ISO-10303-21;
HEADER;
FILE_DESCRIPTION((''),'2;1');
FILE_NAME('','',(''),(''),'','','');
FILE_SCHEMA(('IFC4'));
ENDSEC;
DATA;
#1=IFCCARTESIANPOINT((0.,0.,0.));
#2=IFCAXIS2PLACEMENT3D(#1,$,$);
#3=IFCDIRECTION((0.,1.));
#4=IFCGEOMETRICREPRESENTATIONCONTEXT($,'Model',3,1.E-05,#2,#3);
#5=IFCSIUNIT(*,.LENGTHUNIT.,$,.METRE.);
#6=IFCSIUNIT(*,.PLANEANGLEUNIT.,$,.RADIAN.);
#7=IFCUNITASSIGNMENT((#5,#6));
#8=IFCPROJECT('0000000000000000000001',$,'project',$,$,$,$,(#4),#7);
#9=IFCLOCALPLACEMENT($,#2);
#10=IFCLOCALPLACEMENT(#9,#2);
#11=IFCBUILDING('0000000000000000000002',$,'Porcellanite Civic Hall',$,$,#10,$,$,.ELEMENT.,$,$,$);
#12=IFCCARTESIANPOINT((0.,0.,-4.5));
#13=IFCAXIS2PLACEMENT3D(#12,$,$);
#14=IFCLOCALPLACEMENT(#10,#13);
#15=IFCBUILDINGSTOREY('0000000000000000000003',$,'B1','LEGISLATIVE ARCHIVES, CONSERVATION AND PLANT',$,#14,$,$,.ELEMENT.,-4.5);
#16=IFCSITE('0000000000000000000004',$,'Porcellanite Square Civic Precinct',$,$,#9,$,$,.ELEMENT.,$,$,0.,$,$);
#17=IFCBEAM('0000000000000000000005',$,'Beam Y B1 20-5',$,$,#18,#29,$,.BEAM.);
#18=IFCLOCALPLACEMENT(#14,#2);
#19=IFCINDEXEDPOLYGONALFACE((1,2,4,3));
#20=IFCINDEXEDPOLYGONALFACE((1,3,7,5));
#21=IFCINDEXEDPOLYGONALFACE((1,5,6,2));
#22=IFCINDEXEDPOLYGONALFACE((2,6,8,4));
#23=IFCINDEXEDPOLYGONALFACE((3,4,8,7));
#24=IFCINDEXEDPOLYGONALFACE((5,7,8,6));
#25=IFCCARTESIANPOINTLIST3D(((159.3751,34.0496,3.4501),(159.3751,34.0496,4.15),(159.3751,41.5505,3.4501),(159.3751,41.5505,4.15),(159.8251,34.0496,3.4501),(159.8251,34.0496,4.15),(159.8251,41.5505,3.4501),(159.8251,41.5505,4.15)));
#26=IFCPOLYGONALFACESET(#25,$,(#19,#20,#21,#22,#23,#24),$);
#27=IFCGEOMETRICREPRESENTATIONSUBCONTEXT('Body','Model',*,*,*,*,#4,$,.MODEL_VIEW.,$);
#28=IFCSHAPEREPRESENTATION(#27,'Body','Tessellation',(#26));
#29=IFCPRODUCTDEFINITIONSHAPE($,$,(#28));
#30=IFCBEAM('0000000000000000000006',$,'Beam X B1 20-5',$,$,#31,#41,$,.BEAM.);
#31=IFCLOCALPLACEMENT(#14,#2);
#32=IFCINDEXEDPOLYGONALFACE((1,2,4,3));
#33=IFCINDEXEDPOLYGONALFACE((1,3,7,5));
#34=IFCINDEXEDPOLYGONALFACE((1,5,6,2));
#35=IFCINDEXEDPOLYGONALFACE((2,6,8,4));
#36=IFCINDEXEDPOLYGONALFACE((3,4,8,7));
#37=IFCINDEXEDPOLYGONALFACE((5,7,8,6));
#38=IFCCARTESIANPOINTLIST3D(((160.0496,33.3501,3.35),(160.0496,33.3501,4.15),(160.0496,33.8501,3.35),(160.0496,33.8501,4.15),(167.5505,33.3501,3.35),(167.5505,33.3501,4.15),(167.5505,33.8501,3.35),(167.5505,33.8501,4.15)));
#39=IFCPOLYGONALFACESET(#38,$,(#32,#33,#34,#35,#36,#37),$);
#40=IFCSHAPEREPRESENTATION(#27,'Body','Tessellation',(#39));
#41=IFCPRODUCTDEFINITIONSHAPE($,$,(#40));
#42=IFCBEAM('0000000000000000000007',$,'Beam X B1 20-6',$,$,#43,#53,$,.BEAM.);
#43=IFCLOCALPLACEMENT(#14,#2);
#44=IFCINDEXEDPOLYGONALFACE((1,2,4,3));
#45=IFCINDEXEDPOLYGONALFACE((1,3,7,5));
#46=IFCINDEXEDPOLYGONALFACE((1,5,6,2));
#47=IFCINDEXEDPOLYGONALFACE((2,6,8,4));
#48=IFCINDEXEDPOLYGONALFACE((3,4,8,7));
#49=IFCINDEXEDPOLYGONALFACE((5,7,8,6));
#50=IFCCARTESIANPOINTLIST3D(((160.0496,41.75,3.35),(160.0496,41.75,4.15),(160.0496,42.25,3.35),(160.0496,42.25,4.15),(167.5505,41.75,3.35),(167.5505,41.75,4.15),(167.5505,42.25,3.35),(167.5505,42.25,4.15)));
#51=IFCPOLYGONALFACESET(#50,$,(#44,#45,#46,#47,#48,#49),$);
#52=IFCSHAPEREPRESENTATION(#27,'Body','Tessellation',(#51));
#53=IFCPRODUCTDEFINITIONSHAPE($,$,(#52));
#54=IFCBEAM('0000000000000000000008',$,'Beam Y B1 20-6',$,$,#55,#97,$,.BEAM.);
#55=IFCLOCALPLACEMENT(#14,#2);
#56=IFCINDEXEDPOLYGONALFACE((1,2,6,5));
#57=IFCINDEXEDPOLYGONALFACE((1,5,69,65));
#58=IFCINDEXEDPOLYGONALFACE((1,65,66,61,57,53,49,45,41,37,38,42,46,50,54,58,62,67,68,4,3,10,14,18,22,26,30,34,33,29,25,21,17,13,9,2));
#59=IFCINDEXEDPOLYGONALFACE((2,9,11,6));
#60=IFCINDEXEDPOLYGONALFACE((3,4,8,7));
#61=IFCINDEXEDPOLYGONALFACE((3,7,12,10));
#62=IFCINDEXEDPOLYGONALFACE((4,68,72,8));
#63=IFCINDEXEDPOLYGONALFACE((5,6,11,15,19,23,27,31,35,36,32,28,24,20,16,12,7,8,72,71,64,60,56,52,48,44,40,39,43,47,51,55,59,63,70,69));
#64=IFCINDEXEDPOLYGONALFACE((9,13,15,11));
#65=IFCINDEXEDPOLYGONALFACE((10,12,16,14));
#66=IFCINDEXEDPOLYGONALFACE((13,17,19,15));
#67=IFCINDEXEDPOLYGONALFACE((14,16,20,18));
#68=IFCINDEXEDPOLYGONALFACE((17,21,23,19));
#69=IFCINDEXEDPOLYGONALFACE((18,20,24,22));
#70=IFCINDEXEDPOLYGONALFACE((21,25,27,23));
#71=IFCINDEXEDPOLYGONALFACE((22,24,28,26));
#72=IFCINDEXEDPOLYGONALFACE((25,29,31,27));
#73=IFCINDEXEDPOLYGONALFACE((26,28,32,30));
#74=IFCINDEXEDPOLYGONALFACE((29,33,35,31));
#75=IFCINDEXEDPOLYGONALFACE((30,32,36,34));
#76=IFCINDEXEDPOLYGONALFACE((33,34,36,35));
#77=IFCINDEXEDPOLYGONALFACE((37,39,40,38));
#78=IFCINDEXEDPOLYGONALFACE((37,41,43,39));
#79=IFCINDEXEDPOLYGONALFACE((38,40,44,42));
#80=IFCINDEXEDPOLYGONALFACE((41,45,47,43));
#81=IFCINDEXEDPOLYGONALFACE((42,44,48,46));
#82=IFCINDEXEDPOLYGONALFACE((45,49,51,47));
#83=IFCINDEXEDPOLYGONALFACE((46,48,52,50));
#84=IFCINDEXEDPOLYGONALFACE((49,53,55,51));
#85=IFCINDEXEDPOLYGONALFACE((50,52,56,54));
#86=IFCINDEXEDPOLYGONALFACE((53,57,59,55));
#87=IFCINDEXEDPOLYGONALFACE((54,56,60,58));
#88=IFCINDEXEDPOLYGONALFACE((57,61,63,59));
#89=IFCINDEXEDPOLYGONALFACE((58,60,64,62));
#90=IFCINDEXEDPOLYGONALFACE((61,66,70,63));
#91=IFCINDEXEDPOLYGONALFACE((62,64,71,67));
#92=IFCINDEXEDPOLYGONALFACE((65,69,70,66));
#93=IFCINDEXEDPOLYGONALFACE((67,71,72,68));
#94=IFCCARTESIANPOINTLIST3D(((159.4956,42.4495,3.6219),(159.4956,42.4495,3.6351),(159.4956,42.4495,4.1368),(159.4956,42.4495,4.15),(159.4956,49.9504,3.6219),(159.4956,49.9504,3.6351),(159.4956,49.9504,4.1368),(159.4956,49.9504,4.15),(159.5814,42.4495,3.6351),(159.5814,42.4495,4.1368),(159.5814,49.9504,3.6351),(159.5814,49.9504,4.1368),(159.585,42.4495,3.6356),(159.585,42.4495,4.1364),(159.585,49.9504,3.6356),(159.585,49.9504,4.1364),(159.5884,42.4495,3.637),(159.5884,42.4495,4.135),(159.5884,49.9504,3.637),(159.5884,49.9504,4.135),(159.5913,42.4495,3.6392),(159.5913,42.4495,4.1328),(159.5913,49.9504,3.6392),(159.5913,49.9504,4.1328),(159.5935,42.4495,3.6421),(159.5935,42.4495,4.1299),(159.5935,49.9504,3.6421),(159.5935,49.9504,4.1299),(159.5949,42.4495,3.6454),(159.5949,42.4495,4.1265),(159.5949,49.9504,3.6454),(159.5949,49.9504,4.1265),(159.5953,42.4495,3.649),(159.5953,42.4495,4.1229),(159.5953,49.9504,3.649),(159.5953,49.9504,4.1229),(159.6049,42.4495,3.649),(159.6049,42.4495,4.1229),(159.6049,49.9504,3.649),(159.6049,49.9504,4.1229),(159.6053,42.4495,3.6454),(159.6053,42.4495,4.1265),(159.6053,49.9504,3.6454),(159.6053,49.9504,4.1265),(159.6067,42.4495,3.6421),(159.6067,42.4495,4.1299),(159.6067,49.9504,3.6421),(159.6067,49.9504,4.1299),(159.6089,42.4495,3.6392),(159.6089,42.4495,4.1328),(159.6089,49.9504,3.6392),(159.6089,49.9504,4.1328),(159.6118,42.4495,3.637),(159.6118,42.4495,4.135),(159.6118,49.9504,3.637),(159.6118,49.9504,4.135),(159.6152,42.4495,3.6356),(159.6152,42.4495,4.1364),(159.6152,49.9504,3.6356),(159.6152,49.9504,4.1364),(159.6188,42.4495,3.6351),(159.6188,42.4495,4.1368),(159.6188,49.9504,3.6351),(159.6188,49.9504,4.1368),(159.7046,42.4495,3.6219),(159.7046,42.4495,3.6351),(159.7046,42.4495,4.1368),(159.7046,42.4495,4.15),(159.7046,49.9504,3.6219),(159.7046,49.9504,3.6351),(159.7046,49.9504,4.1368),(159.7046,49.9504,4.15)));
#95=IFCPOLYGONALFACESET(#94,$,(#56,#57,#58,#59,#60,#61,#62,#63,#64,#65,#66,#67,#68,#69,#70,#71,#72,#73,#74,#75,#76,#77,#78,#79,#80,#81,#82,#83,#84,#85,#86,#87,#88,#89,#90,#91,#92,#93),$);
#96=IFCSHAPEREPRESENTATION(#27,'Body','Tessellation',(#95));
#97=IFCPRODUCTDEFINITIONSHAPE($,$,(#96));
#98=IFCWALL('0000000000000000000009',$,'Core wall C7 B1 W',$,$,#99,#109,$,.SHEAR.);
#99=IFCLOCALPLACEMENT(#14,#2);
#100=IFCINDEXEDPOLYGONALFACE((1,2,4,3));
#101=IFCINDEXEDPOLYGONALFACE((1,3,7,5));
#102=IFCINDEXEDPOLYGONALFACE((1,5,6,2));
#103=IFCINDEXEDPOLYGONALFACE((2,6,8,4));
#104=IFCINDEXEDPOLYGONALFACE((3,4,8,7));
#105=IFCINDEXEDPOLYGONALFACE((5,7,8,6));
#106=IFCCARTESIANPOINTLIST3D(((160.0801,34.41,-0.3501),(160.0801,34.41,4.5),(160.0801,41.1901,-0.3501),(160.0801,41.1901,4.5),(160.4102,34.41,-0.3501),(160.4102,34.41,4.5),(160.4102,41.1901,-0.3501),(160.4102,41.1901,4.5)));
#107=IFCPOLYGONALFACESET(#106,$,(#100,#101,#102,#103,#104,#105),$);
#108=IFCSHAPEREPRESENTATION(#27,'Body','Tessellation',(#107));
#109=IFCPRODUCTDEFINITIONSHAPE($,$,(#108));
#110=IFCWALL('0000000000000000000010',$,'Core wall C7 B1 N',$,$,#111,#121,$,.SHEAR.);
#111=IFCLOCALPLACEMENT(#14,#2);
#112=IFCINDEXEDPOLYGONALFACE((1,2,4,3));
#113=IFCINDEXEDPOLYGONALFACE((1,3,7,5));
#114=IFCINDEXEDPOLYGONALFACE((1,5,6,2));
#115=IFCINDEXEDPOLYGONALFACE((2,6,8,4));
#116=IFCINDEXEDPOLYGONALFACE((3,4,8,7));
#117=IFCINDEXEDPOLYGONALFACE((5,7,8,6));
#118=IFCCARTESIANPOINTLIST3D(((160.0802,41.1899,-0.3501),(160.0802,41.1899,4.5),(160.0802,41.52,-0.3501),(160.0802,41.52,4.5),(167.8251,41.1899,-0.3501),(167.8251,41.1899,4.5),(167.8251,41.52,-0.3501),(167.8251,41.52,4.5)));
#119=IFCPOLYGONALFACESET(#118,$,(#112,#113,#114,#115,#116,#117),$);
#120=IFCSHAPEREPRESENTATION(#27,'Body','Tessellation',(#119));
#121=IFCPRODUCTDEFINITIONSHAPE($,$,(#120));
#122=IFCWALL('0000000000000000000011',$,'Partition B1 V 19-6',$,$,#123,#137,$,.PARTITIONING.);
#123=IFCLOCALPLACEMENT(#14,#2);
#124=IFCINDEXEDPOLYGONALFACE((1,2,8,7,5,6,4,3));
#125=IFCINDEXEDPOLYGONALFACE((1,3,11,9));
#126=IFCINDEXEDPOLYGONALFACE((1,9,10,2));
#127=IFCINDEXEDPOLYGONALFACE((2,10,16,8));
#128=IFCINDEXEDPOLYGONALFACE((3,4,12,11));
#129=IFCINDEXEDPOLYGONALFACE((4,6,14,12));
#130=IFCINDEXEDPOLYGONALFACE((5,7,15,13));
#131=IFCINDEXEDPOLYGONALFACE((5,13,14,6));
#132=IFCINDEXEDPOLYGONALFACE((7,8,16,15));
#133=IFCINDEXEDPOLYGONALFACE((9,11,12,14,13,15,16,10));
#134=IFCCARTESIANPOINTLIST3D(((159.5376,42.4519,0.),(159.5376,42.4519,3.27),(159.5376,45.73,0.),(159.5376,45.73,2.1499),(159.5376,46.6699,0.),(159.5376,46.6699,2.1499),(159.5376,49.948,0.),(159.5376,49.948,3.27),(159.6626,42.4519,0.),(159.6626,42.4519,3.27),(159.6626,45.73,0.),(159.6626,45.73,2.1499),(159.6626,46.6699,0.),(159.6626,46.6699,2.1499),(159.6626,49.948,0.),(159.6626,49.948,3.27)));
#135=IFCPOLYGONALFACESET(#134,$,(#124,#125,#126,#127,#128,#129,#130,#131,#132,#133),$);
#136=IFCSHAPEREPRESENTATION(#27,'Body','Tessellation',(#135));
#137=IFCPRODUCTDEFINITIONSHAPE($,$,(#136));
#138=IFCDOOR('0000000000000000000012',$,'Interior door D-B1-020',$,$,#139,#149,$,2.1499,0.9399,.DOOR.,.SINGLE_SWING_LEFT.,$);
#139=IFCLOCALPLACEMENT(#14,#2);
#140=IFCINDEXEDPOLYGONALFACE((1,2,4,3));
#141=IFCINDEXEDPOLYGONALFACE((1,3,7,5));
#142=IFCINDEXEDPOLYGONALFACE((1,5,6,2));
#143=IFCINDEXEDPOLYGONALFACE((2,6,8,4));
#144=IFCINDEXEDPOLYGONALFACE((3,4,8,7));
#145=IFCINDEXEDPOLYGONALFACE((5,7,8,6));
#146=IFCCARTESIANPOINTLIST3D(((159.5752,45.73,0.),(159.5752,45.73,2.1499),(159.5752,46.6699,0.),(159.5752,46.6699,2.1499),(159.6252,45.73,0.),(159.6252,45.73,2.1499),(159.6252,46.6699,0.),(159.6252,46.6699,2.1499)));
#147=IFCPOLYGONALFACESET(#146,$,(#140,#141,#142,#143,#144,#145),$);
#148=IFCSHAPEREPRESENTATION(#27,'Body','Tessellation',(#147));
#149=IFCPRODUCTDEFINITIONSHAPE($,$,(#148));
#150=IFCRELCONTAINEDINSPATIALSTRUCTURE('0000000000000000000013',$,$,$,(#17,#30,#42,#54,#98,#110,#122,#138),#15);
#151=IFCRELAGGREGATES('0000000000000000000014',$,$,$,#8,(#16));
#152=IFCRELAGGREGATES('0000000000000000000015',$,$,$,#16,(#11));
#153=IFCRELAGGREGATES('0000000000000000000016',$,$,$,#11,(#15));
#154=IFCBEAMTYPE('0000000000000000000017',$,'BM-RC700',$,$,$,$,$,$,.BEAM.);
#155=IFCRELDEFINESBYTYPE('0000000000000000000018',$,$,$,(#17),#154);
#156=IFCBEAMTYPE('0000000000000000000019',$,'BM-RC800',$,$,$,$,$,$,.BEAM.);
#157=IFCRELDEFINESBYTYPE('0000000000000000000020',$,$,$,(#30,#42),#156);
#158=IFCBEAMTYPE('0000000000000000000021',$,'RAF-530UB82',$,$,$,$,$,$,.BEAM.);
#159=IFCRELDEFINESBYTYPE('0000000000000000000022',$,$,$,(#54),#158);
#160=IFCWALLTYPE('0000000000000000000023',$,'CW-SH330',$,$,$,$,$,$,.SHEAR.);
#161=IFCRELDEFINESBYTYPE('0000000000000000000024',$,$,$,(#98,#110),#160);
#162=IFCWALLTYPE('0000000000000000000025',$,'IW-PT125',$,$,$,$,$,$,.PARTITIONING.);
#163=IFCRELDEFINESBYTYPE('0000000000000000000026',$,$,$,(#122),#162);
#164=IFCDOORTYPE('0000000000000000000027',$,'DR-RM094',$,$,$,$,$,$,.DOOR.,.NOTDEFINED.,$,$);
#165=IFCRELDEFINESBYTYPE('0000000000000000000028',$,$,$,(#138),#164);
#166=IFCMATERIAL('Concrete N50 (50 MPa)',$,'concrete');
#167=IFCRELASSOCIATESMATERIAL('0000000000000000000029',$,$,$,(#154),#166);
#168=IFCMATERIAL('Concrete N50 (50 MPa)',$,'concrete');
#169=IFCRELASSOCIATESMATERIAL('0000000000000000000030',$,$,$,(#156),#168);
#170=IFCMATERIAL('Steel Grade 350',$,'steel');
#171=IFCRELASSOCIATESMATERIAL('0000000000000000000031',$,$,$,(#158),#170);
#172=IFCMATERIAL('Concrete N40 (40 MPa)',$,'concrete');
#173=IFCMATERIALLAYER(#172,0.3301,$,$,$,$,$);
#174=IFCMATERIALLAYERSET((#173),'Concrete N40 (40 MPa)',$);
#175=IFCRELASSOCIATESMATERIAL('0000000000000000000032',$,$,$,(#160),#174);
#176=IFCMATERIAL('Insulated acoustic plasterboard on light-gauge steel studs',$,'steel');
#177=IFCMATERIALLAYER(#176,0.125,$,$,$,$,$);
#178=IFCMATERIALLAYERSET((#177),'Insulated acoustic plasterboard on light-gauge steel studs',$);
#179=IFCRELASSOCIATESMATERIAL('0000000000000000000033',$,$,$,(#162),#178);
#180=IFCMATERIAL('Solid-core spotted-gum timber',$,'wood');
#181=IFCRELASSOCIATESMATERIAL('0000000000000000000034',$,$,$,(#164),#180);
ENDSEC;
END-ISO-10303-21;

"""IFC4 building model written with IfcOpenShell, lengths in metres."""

from ifc_helpers import new_model, si_unit, direction, frame, frame_2d, origin, origin_2d, place, context, subcontext, project, spatial, rectangle, i_section, extrude, material, layer, layer_set, material_profile, profile_set, type_object, element, fill, save


model = new_model("IFC4")

# Units and contexts
model_context = context("Model", 3, precision=1e-05, world=origin(), true_north=direction((0.0, 1.0)))
body_context = subcontext(model_context, "Body", "Model", "MODEL_VIEW")
ifc_project = project(units=[si_unit("LENGTHUNIT", "METRE"), si_unit("PLANEANGLEUNIT", "RADIAN")], contexts=[model_context])

# Site, building, storey
site_placement = place(None, origin())
site = spatial("IfcSite", under=ifc_project, at=site_placement, Name="Porcellanite Square Civic Precinct", CompositionType="ELEMENT", RefElevation=0.0)
building_placement = place(site_placement, origin())
building = spatial("IfcBuilding", under=site, at=building_placement, Name="Porcellanite Civic Hall", CompositionType="ELEMENT")
storey_placement = place(building_placement, frame((0.0, 0.0, -4.5)))
storey = spatial("IfcBuildingStorey", under=building, at=storey_placement, Name="B1", Description="LEGISLATIVE ARCHIVES, CONSERVATION AND PLANT", CompositionType="ELEMENT", Elevation=-4.5)

# Beams
ifc_material_1 = material(Name="Concrete N50 (50 MPa)", Category="concrete")
ifc_material_profile_1 = material_profile(ifc_material_1, rectangle(XDim=0.45, YDim=0.7, at=origin_2d()), Name="RC-450x700")
ifc_profile_set_1 = profile_set([ifc_material_profile_1], Name="Concrete N50 (50 MPa)")
beam_type_1 = type_object("IfcBeamType", Name="BM-RC700", PredefinedType="BEAM", material=ifc_profile_set_1)
beam_1_placement = place(storey_placement, frame((159.6001, 34.0496, 3.8), z_axis=(0.0, 1.0, 0.0), x_axis=(-1.0, 0.0, 0.0)))
element("IfcBeam", 1, at=beam_1_placement, inside=storey, type_object=beam_type_1, Name="Beam Y B1 20-5", PredefinedType="BEAM", context=body_context, shape_type="SweptSolid", body=[
    extrude(rectangle(XDim=0.45, YDim=0.7, at=origin_2d()), origin(), (0.0, 0.0, 1.0), 7.501),
])
ifc_material_2 = material(Name="Concrete N50 (50 MPa)", Category="concrete")
ifc_material_profile_2 = material_profile(ifc_material_2, rectangle(XDim=0.5, YDim=0.8, at=origin_2d()), Name="RC-500x800")
ifc_profile_set_2 = profile_set([ifc_material_profile_2], Name="Concrete N50 (50 MPa)")
beam_type_2 = type_object("IfcBeamType", Name="BM-RC800", PredefinedType="BEAM", material=ifc_profile_set_2)
for number, where, z_axis, x_axis, name in (
    (2, (160.0496, 33.6001, 3.75), (1.0, 0.0, 0.0), (0.0, 1.0, 0.0), "Beam X B1 20-5"),
    (3, (160.0496, 42.0, 3.75), (1.0, 0.0, 0.0), (0.0, 1.0, 0.0), "Beam X B1 20-6"),
):
    element("IfcBeam", number, at=place(storey_placement, frame(where, z_axis=z_axis, x_axis=x_axis)), inside=storey, type_object=beam_type_2, Name=name, PredefinedType="BEAM", context=body_context, shape_type="SweptSolid", body=[
        extrude(rectangle(XDim=0.5, YDim=0.8, at=origin_2d()), origin(), (0.0, 0.0, 1.0), 7.501),
    ])
ifc_material_3 = material(Name="Steel Grade 350", Category="steel")
ifc_material_profile_3 = material_profile(ifc_material_3, i_section(OverallWidth=0.209, OverallDepth=0.5281, WebThickness=0.0095, FlangeThickness=0.0132, FilletRadius=0.0139, at=origin_2d()), Name="530UB82.0")
ifc_profile_set_3 = profile_set([ifc_material_profile_3], Name="Steel Grade 350")
beam_type_3 = type_object("IfcBeamType", Name="RAF-530UB82", PredefinedType="BEAM", material=ifc_profile_set_3)
beam_2_placement = place(storey_placement, frame((159.6001, 42.4495, 3.886), z_axis=(0.0, 1.0, 0.0), x_axis=(-1.0, 0.0, 0.0)))
element("IfcBeam", 4, at=beam_2_placement, inside=storey, type_object=beam_type_3, Name="Beam Y B1 20-6", PredefinedType="BEAM", context=body_context, shape_type="SweptSolid", body=[
    extrude(i_section(OverallWidth=0.209, OverallDepth=0.5281, WebThickness=0.0095, FlangeThickness=0.0132, FilletRadius=0.0139, at=origin_2d()), origin(), (0.0, 0.0, 1.0), 7.501),
])

# Walls
ifc_material_4 = material(Name="Concrete N40 (40 MPa)", Category="concrete")
ifc_layer_1 = layer(ifc_material_4, 0.3301)
ifc_layer_set_1 = layer_set([ifc_layer_1], Name="Concrete N40 (40 MPa)")
wall_type_1 = type_object("IfcWallType", Name="CW-SH330", PredefinedType="SHEAR", material=ifc_layer_set_1)
wall_1_placement = place(storey_placement, frame((160.2451, 34.4099, -0.3501), z_axis=(0.0, 0.0, 1.0), x_axis=(0.0, 1.0, 0.0)))
element("IfcWall", 5, at=wall_1_placement, inside=storey, type_object=wall_type_1, Name="Core wall C7 B1 W", PredefinedType="SHEAR", context=body_context, shape_type="SweptSolid", body=[
    extrude(rectangle(XDim=6.78, YDim=0.3301, at=frame_2d((3.3901, 0.0))), origin(), (0.0, 0.0, 1.0), 4.8501),
])
wall_2_placement = place(storey_placement, frame((160.0801, 41.355, -0.3501), z_axis=(0.0, 0.0, 1.0), x_axis=(1.0, 0.0, 0.0)))
element("IfcWall", 6, at=wall_2_placement, inside=storey, type_object=wall_type_1, Name="Core wall C7 B1 N", PredefinedType="SHEAR", context=body_context, shape_type="SweptSolid", body=[
    extrude(rectangle(XDim=7.7449, YDim=0.3301, at=frame_2d((3.8726, 0.0))), origin(), (0.0, 0.0, 1.0), 4.8501),
])

# Wall, opening, door
ifc_material_5 = material(Name="Insulated acoustic plasterboard on light-gauge steel studs", Category="steel")
ifc_layer_2 = layer(ifc_material_5, 0.125)
ifc_layer_set_2 = layer_set([ifc_layer_2], Name="Insulated acoustic plasterboard on light-gauge steel studs")
wall_type_2 = type_object("IfcWallType", Name="IW-PT125", PredefinedType="PARTITIONING", material=ifc_layer_set_2)
wall_3_placement = place(storey_placement, frame((159.6001, 42.4519, 0.0), z_axis=(0.0, 0.0, 1.0), x_axis=(0.0, 1.0, 0.0)))
wall_3 = element("IfcWall", 7, at=wall_3_placement, inside=storey, type_object=wall_type_2, Name="Partition B1 V 19-6", PredefinedType="PARTITIONING", context=body_context, shape_type="SweptSolid", body=[
    extrude(rectangle(XDim=7.4961, YDim=0.125, at=frame_2d((3.748, 0.0))), origin(), (0.0, 0.0, 1.0), 3.27),
])
opening_placement = place(wall_3_placement, frame((3.2781, 0.0, 0.0)))
opening = element("IfcOpeningElement", 8, at=opening_placement, cuts=wall_3, PredefinedType="OPENING", context=body_context, shape_type="SweptSolid", body=[
    extrude(rectangle(XDim=0.9399, YDim=2.1499, at=frame_2d((0.47, 1.075))), frame((0.0, 0.0625, 0.0), z_axis=(0.0, -1.0, 0.0), x_axis=(1.0, 0.0, 0.0)), (0.0, 0.0, 1.0), 0.125),
])
ifc_material_6 = material(Name="Solid-core spotted-gum timber", Category="wood")
door_type = type_object("IfcDoorType", Name="DR-RM094", OperationType="NOTDEFINED", PredefinedType="DOOR", material=ifc_material_6)
door_placement = place(opening_placement, origin())
door = element("IfcDoor", 9, at=door_placement, inside=storey, type_object=door_type, Name="Interior door D-B1-020", OperationType="SINGLE_SWING_LEFT", OverallHeight=2.1499, OverallWidth=0.9399, PredefinedType="DOOR", context=body_context, shape_type="SweptSolid", body=[
    extrude(rectangle(XDim=0.9399, YDim=2.1499, at=frame_2d((0.47, 1.075))), frame((0.0, 0.0249, 0.0), z_axis=(0.0, -1.0, 0.0), x_axis=(1.0, 0.0, 0.0)), (0.0, 0.0, 1.0), 0.05),
])
fill(opening, door)

save(model, "model.ifc")
